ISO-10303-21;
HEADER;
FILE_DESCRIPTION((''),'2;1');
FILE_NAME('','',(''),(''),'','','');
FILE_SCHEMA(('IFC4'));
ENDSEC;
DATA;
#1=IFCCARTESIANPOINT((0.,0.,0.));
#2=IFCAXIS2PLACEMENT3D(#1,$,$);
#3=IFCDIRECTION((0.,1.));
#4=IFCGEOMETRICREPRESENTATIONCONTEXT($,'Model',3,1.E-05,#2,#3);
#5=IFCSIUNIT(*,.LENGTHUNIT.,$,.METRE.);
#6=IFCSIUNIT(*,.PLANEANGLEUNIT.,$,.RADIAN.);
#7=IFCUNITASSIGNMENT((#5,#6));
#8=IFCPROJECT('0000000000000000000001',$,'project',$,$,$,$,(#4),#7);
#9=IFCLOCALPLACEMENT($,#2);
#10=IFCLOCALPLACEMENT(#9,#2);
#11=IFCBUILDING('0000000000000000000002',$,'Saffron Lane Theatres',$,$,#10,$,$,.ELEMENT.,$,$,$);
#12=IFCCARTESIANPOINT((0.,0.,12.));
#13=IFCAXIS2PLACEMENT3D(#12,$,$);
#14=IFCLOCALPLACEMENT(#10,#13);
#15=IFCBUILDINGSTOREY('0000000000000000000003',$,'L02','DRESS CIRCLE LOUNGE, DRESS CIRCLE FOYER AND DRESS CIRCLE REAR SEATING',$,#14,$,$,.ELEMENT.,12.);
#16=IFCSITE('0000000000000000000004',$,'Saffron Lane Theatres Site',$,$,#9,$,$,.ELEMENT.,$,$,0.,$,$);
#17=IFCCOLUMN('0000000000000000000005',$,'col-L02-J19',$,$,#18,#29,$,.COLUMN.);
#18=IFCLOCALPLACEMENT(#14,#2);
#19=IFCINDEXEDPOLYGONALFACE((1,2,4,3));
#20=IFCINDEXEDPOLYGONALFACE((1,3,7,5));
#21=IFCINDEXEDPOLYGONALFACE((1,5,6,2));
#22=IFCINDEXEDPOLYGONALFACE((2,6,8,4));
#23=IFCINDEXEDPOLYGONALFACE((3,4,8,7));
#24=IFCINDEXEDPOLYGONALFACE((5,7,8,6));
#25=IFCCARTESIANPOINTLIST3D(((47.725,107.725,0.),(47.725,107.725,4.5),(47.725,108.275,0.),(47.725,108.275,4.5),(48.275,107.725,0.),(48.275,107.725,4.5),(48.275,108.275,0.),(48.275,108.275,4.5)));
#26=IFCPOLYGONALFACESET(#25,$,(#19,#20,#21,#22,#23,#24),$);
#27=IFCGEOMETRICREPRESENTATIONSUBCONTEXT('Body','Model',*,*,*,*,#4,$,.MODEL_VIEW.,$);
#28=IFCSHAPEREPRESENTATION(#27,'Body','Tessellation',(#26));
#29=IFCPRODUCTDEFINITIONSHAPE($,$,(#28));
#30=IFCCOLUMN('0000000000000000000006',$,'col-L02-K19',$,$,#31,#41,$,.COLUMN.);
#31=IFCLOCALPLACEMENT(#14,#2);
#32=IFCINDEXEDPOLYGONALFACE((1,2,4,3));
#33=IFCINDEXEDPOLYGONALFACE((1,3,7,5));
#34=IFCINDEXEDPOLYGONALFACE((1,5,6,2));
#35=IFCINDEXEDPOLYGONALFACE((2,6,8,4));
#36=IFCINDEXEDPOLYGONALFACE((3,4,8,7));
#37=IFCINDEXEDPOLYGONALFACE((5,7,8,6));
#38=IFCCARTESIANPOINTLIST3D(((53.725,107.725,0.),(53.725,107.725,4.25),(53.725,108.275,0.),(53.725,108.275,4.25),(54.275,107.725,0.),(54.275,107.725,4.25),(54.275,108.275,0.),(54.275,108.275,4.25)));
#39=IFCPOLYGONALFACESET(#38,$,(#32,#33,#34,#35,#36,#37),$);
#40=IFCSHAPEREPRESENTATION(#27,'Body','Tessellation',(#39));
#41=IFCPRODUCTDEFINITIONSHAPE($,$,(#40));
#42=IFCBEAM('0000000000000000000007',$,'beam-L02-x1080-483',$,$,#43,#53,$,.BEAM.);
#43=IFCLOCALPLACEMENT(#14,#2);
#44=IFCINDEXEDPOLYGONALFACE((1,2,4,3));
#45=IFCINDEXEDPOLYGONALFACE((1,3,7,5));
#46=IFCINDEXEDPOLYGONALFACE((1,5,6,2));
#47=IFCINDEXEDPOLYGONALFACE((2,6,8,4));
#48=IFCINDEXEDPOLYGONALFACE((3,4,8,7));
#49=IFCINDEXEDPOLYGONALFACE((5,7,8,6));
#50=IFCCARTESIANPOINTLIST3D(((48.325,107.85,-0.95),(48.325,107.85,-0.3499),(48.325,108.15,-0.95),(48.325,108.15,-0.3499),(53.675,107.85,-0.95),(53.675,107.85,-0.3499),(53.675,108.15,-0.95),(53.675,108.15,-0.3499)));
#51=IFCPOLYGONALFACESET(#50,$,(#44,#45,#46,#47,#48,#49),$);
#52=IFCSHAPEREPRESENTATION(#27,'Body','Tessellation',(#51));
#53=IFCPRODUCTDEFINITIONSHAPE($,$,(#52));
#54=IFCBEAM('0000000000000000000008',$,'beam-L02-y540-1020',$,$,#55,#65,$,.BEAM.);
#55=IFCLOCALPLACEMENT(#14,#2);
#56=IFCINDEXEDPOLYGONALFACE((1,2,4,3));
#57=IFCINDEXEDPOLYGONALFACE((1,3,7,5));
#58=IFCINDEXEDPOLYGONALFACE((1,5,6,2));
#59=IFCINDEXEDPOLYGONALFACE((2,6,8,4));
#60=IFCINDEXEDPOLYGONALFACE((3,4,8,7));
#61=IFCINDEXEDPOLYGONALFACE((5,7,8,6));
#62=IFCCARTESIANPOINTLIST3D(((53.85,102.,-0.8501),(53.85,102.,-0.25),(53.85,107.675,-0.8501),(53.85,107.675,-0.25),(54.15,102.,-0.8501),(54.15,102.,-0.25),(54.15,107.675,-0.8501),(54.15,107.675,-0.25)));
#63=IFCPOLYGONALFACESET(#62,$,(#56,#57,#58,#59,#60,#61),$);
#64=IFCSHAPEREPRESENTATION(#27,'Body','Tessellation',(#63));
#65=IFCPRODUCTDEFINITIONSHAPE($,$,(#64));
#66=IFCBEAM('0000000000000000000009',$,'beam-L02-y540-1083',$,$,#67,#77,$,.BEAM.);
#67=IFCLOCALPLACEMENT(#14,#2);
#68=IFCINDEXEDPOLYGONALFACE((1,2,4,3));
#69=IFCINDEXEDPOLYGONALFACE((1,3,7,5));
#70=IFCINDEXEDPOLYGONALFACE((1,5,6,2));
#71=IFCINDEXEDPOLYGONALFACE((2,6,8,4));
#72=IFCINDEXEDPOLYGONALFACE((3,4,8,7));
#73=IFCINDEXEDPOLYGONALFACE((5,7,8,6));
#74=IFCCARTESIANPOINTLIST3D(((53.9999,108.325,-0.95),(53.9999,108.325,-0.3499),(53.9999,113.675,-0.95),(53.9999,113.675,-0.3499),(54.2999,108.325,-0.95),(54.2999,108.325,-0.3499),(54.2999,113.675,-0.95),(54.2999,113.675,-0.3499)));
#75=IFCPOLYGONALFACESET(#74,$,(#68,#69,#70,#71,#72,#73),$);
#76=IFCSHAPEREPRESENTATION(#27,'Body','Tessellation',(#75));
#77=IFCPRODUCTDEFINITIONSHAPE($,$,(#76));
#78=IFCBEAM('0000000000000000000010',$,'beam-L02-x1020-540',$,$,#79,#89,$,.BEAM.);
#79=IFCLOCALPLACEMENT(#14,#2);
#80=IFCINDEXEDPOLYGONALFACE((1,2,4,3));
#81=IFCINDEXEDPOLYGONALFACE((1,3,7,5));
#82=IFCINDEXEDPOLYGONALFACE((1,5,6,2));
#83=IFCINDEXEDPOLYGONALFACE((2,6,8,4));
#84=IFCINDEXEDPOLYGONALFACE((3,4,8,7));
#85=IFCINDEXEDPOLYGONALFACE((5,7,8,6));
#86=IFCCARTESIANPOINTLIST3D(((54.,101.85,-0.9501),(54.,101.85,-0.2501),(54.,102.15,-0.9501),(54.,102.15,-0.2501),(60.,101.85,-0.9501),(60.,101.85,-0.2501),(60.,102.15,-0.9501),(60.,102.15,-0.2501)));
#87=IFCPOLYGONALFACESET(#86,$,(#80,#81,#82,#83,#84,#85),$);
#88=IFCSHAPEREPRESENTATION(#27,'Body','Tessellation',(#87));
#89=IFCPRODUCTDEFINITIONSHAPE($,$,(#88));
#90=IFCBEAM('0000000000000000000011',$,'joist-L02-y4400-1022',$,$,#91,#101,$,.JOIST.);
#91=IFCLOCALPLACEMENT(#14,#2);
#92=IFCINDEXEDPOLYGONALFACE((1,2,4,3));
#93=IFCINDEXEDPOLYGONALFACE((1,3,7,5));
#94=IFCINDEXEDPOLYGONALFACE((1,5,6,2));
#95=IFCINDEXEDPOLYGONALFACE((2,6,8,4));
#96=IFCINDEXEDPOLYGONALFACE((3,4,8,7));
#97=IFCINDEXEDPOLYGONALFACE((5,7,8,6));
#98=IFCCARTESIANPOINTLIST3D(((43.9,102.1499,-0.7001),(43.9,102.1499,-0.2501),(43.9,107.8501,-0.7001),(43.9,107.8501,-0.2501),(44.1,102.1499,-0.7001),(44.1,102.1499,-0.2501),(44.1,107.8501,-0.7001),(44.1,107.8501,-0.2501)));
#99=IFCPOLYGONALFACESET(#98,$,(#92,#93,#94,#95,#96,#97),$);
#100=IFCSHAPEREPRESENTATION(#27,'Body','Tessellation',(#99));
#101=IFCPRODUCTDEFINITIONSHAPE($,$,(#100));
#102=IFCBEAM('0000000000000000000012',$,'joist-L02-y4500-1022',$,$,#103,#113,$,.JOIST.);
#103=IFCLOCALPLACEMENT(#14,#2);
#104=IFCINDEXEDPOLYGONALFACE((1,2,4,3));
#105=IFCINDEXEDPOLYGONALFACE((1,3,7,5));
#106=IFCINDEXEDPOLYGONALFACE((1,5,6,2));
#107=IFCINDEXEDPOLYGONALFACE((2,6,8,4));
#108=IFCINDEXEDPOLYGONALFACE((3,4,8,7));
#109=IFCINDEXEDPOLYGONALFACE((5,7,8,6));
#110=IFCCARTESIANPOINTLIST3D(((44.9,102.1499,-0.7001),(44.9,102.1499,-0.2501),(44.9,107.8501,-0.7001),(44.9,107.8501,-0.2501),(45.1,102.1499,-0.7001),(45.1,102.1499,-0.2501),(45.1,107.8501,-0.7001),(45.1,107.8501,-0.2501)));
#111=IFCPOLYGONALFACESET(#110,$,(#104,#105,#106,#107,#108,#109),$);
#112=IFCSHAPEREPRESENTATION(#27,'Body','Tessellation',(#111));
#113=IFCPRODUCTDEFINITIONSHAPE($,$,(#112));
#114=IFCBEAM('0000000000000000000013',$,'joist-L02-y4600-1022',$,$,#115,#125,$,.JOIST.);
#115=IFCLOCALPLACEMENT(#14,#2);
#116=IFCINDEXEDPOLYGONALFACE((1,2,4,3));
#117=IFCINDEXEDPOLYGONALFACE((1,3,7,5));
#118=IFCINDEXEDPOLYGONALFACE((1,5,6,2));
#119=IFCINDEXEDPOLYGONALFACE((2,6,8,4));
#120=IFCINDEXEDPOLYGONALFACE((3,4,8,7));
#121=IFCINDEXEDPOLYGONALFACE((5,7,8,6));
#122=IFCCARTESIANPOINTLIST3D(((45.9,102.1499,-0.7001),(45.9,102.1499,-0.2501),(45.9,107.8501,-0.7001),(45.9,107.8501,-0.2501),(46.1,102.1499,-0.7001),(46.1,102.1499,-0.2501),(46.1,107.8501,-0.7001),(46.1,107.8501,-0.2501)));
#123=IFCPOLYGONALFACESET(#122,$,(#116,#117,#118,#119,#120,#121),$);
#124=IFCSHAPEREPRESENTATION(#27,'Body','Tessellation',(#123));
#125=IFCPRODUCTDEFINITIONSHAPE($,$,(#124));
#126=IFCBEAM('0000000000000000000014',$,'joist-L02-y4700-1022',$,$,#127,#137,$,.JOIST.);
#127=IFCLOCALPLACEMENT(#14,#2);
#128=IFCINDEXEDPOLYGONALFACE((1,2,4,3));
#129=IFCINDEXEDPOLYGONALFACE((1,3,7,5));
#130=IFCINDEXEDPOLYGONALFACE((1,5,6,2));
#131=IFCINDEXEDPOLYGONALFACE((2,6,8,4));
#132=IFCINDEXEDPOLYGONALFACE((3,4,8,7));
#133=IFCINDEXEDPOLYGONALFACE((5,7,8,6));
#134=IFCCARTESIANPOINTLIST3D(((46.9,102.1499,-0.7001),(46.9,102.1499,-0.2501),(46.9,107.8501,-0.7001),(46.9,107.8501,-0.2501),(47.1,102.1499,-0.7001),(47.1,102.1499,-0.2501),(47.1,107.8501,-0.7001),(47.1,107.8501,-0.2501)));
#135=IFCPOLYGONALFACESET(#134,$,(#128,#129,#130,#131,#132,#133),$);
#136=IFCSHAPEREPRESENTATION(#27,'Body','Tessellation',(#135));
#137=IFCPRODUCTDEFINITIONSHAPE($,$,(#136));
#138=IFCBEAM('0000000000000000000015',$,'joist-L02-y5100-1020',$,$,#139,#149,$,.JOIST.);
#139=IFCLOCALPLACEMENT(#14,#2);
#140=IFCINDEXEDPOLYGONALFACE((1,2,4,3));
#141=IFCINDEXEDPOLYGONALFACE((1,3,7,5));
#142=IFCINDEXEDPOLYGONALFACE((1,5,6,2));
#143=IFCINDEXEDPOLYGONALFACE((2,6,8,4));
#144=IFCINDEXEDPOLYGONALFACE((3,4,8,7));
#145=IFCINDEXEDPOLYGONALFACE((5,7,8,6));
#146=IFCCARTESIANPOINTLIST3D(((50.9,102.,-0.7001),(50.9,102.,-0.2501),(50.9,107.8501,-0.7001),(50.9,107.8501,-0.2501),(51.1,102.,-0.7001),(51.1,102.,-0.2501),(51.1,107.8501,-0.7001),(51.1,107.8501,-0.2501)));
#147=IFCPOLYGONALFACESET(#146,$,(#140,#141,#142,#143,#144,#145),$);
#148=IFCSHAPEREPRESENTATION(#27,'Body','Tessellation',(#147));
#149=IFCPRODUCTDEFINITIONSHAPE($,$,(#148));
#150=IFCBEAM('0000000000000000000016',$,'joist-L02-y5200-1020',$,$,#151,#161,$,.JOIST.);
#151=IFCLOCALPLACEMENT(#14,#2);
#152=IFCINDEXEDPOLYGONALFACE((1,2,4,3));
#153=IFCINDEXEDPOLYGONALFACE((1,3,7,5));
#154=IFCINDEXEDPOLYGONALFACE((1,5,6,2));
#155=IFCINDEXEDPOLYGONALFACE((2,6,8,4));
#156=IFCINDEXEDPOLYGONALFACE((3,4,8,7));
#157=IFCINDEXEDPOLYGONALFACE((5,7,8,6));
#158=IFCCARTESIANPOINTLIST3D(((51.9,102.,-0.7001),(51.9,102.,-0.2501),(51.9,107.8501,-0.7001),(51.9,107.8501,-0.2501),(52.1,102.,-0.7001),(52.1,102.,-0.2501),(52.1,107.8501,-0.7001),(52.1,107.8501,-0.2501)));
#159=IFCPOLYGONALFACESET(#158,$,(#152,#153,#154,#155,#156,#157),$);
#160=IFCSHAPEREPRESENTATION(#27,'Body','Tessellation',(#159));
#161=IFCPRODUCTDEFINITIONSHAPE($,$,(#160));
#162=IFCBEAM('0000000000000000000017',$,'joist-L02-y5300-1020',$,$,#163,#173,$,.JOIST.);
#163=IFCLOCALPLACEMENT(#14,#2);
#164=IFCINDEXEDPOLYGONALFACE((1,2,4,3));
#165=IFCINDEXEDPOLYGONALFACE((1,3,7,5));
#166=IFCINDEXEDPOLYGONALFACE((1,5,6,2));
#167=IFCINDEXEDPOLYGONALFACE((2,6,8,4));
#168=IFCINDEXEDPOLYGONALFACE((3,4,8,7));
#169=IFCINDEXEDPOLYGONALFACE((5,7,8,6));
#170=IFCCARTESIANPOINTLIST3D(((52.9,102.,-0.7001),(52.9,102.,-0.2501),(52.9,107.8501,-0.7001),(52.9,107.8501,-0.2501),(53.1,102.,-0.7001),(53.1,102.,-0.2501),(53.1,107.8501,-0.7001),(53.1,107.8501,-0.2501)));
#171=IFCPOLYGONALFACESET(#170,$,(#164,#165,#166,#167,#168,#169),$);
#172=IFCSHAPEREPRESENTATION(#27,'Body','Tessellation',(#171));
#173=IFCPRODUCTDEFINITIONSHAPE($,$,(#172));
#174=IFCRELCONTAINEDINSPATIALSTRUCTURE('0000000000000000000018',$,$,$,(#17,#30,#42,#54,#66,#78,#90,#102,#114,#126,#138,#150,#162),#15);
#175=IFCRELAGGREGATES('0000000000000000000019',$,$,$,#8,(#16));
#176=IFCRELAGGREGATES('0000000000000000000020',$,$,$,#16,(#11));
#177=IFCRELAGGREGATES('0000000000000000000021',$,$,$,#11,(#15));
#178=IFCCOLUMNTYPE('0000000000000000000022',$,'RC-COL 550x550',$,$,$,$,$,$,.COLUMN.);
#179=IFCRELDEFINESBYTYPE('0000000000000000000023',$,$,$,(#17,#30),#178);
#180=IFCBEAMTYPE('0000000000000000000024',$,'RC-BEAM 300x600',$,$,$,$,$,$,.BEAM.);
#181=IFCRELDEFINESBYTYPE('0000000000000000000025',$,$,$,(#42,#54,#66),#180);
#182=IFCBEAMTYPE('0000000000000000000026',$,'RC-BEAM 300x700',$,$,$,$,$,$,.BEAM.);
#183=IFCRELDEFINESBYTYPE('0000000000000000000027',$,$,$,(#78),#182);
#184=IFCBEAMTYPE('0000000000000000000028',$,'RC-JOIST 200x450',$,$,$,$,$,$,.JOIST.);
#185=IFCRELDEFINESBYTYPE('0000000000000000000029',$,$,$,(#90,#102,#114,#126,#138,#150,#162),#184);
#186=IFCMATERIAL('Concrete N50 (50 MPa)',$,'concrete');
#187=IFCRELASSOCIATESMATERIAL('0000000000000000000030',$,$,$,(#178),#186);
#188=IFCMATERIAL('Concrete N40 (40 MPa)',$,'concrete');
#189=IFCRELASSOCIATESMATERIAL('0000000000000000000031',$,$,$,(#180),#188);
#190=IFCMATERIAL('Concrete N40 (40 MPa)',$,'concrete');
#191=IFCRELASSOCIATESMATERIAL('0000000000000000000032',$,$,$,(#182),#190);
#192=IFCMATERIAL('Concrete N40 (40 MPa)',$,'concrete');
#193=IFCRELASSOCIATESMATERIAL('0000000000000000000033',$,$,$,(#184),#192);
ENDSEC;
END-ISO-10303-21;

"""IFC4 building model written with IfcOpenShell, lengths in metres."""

from ifc_helpers import new_model, si_unit, direction, frame, origin, origin_2d, place, context, subcontext, project, spatial, rectangle, extrude, material, material_profile, profile_set, type_object, element, save


model = new_model("IFC4")

# Units and contexts
model_context = context("Model", 3, precision=1e-05, world=origin(), true_north=direction((0.0, 1.0)))
body_context = subcontext(model_context, "Body", "Model", "MODEL_VIEW")
ifc_project = project(units=[si_unit("LENGTHUNIT", "METRE"), si_unit("PLANEANGLEUNIT", "RADIAN")], contexts=[model_context])

# Site, building, storey
site_placement = place(None, origin())
site = spatial("IfcSite", under=ifc_project, at=site_placement, Name="Saffron Lane Theatres Site", CompositionType="ELEMENT", RefElevation=0.0)
building_placement = place(site_placement, origin())
building = spatial("IfcBuilding", under=site, at=building_placement, Name="Saffron Lane Theatres", CompositionType="ELEMENT")
storey_placement = place(building_placement, frame((0.0, 0.0, 12.0)))
storey = spatial("IfcBuildingStorey", under=building, at=storey_placement, Name="L02", Description="DRESS CIRCLE LOUNGE, DRESS CIRCLE FOYER AND DRESS CIRCLE REAR SEATING", CompositionType="ELEMENT", Elevation=12.0)

# Columns
ifc_material_1 = material(Name="Concrete N50 (50 MPa)", Category="concrete")
ifc_material_profile_1 = material_profile(ifc_material_1, rectangle(XDim=0.55, YDim=0.55, at=origin_2d()))
ifc_profile_set_1 = profile_set([ifc_material_profile_1], Name="Concrete N50 (50 MPa)")
column_type = type_object("IfcColumnType", Name="RC-COL 550x550", PredefinedType="COLUMN", material=ifc_profile_set_1)
column_1_placement = place(storey_placement, frame((48.0, 108.0, 0.0), z_axis=(0.0, 0.0, 1.0), x_axis=(1.0, 0.0, 0.0)))
element("IfcColumn", 1, at=column_1_placement, inside=storey, type_object=column_type, Name="col-L02-J19", PredefinedType="COLUMN", context=body_context, shape_type="SweptSolid", body=[
    extrude(rectangle(XDim=0.55, YDim=0.55, at=origin_2d()), origin(), (0.0, 0.0, 1.0), 4.5),
])
column_2_placement = place(storey_placement, frame((54.0, 108.0, 0.0), z_axis=(0.0, 0.0, 1.0), x_axis=(1.0, 0.0, 0.0)))
element("IfcColumn", 2, at=column_2_placement, inside=storey, type_object=column_type, Name="col-L02-K19", PredefinedType="COLUMN", context=body_context, shape_type="SweptSolid", body=[
    extrude(rectangle(XDim=0.55, YDim=0.55, at=origin_2d()), origin(), (0.0, 0.0, 1.0), 4.25),
])

# Beams
ifc_material_2 = material(Name="Concrete N40 (40 MPa)", Category="concrete")
ifc_material_profile_2 = material_profile(ifc_material_2, rectangle(XDim=0.3, YDim=0.6001, at=origin_2d()))
ifc_profile_set_2 = profile_set([ifc_material_profile_2], Name="Concrete N40 (40 MPa)")
beam_type_1 = type_object("IfcBeamType", Name="RC-BEAM 300x600", PredefinedType="BEAM", material=ifc_profile_set_2)
beam_1_placement = place(storey_placement, frame((48.325, 108.0, -0.6499), z_axis=(1.0, 0.0, 0.0), x_axis=(0.0, 1.0, 0.0)))
element("IfcBeam", 3, at=beam_1_placement, inside=storey, type_object=beam_type_1, Name="beam-L02-x1080-483", PredefinedType="BEAM", context=body_context, shape_type="SweptSolid", body=[
    extrude(rectangle(XDim=0.3, YDim=0.6001, at=origin_2d()), origin(), (0.0, 0.0, 1.0), 5.3501),
])
beam_2_placement = place(storey_placement, frame((54.0, 102.0, -0.55), z_axis=(0.0, 1.0, 0.0), x_axis=(-1.0, 0.0, 0.0)))
element("IfcBeam", 4, at=beam_2_placement, inside=storey, type_object=beam_type_1, Name="beam-L02-y540-1020", PredefinedType="BEAM", context=body_context, shape_type="SweptSolid", body=[
    extrude(rectangle(XDim=0.3, YDim=0.6001, at=origin_2d()), origin(), (0.0, 0.0, 1.0), 5.675),
])
beam_3_placement = place(storey_placement, frame((54.1499, 108.325, -0.6499), z_axis=(0.0, 1.0, 0.0), x_axis=(-1.0, 0.0, 0.0)))
element("IfcBeam", 5, at=beam_3_placement, inside=storey, type_object=beam_type_1, Name="beam-L02-y540-1083", PredefinedType="BEAM", context=body_context, shape_type="SweptSolid", body=[
    extrude(rectangle(XDim=0.3, YDim=0.6001, at=origin_2d()), origin(), (0.0, 0.0, 1.0), 5.3501),
])
ifc_material_3 = material(Name="Concrete N40 (40 MPa)", Category="concrete")
ifc_material_profile_3 = material_profile(ifc_material_3, rectangle(XDim=0.3, YDim=0.7, at=origin_2d()))
ifc_profile_set_3 = profile_set([ifc_material_profile_3], Name="Concrete N40 (40 MPa)")
beam_type_2 = type_object("IfcBeamType", Name="RC-BEAM 300x700", PredefinedType="BEAM", material=ifc_profile_set_3)
beam_4_placement = place(storey_placement, frame((54.0, 102.0, -0.6001), z_axis=(1.0, 0.0, 0.0), x_axis=(0.0, 1.0, 0.0)))
element("IfcBeam", 6, at=beam_4_placement, inside=storey, type_object=beam_type_2, Name="beam-L02-x1020-540", PredefinedType="BEAM", context=body_context, shape_type="SweptSolid", body=[
    extrude(rectangle(XDim=0.3, YDim=0.7, at=origin_2d()), origin(), (0.0, 0.0, 1.0), 6.0),
])
ifc_material_4 = material(Name="Concrete N40 (40 MPa)", Category="concrete")
ifc_material_profile_4 = material_profile(ifc_material_4, rectangle(XDim=0.2, YDim=0.45, at=origin_2d()))
ifc_profile_set_4 = profile_set([ifc_material_profile_4], Name="Concrete N40 (40 MPa)")
beam_type_3 = type_object("IfcBeamType", Name="RC-JOIST 200x450", PredefinedType="JOIST", material=ifc_profile_set_4)
for number, where, z_axis, x_axis, name in (
    (7, (44.0, 102.1499, -0.4751), (0.0, 1.0, 0.0), (-1.0, 0.0, 0.0), "joist-L02-y4400-1022"),
    (8, (45.0, 102.1499, -0.4751), (0.0, 1.0, 0.0), (-1.0, 0.0, 0.0), "joist-L02-y4500-1022"),
    (9, (46.0, 102.1499, -0.4751), (0.0, 1.0, 0.0), (-1.0, 0.0, 0.0), "joist-L02-y4600-1022"),
    (10, (47.0, 102.1499, -0.4751), (0.0, 1.0, 0.0), (-1.0, 0.0, 0.0), "joist-L02-y4700-1022"),
):
    element("IfcBeam", number, at=place(storey_placement, frame(where, z_axis=z_axis, x_axis=x_axis)), inside=storey, type_object=beam_type_3, Name=name, PredefinedType="JOIST", context=body_context, shape_type="SweptSolid", body=[
        extrude(rectangle(XDim=0.2, YDim=0.45, at=origin_2d()), origin(), (0.0, 0.0, 1.0), 5.7002),
    ])
for number, where, z_axis, x_axis, name in (
    (11, (51.0, 102.0, -0.4751), (0.0, 1.0, 0.0), (-1.0, 0.0, 0.0), "joist-L02-y5100-1020"),
    (12, (52.0, 102.0, -0.4751), (0.0, 1.0, 0.0), (-1.0, 0.0, 0.0), "joist-L02-y5200-1020"),
    (13, (53.0, 102.0, -0.4751), (0.0, 1.0, 0.0), (-1.0, 0.0, 0.0), "joist-L02-y5300-1020"),
):
    element("IfcBeam", number, at=place(storey_placement, frame(where, z_axis=z_axis, x_axis=x_axis)), inside=storey, type_object=beam_type_3, Name=name, PredefinedType="JOIST", context=body_context, shape_type="SweptSolid", body=[
        extrude(rectangle(XDim=0.2, YDim=0.45, at=origin_2d()), origin(), (0.0, 0.0, 1.0), 5.8501),
    ])

save(model, "model.ifc")
